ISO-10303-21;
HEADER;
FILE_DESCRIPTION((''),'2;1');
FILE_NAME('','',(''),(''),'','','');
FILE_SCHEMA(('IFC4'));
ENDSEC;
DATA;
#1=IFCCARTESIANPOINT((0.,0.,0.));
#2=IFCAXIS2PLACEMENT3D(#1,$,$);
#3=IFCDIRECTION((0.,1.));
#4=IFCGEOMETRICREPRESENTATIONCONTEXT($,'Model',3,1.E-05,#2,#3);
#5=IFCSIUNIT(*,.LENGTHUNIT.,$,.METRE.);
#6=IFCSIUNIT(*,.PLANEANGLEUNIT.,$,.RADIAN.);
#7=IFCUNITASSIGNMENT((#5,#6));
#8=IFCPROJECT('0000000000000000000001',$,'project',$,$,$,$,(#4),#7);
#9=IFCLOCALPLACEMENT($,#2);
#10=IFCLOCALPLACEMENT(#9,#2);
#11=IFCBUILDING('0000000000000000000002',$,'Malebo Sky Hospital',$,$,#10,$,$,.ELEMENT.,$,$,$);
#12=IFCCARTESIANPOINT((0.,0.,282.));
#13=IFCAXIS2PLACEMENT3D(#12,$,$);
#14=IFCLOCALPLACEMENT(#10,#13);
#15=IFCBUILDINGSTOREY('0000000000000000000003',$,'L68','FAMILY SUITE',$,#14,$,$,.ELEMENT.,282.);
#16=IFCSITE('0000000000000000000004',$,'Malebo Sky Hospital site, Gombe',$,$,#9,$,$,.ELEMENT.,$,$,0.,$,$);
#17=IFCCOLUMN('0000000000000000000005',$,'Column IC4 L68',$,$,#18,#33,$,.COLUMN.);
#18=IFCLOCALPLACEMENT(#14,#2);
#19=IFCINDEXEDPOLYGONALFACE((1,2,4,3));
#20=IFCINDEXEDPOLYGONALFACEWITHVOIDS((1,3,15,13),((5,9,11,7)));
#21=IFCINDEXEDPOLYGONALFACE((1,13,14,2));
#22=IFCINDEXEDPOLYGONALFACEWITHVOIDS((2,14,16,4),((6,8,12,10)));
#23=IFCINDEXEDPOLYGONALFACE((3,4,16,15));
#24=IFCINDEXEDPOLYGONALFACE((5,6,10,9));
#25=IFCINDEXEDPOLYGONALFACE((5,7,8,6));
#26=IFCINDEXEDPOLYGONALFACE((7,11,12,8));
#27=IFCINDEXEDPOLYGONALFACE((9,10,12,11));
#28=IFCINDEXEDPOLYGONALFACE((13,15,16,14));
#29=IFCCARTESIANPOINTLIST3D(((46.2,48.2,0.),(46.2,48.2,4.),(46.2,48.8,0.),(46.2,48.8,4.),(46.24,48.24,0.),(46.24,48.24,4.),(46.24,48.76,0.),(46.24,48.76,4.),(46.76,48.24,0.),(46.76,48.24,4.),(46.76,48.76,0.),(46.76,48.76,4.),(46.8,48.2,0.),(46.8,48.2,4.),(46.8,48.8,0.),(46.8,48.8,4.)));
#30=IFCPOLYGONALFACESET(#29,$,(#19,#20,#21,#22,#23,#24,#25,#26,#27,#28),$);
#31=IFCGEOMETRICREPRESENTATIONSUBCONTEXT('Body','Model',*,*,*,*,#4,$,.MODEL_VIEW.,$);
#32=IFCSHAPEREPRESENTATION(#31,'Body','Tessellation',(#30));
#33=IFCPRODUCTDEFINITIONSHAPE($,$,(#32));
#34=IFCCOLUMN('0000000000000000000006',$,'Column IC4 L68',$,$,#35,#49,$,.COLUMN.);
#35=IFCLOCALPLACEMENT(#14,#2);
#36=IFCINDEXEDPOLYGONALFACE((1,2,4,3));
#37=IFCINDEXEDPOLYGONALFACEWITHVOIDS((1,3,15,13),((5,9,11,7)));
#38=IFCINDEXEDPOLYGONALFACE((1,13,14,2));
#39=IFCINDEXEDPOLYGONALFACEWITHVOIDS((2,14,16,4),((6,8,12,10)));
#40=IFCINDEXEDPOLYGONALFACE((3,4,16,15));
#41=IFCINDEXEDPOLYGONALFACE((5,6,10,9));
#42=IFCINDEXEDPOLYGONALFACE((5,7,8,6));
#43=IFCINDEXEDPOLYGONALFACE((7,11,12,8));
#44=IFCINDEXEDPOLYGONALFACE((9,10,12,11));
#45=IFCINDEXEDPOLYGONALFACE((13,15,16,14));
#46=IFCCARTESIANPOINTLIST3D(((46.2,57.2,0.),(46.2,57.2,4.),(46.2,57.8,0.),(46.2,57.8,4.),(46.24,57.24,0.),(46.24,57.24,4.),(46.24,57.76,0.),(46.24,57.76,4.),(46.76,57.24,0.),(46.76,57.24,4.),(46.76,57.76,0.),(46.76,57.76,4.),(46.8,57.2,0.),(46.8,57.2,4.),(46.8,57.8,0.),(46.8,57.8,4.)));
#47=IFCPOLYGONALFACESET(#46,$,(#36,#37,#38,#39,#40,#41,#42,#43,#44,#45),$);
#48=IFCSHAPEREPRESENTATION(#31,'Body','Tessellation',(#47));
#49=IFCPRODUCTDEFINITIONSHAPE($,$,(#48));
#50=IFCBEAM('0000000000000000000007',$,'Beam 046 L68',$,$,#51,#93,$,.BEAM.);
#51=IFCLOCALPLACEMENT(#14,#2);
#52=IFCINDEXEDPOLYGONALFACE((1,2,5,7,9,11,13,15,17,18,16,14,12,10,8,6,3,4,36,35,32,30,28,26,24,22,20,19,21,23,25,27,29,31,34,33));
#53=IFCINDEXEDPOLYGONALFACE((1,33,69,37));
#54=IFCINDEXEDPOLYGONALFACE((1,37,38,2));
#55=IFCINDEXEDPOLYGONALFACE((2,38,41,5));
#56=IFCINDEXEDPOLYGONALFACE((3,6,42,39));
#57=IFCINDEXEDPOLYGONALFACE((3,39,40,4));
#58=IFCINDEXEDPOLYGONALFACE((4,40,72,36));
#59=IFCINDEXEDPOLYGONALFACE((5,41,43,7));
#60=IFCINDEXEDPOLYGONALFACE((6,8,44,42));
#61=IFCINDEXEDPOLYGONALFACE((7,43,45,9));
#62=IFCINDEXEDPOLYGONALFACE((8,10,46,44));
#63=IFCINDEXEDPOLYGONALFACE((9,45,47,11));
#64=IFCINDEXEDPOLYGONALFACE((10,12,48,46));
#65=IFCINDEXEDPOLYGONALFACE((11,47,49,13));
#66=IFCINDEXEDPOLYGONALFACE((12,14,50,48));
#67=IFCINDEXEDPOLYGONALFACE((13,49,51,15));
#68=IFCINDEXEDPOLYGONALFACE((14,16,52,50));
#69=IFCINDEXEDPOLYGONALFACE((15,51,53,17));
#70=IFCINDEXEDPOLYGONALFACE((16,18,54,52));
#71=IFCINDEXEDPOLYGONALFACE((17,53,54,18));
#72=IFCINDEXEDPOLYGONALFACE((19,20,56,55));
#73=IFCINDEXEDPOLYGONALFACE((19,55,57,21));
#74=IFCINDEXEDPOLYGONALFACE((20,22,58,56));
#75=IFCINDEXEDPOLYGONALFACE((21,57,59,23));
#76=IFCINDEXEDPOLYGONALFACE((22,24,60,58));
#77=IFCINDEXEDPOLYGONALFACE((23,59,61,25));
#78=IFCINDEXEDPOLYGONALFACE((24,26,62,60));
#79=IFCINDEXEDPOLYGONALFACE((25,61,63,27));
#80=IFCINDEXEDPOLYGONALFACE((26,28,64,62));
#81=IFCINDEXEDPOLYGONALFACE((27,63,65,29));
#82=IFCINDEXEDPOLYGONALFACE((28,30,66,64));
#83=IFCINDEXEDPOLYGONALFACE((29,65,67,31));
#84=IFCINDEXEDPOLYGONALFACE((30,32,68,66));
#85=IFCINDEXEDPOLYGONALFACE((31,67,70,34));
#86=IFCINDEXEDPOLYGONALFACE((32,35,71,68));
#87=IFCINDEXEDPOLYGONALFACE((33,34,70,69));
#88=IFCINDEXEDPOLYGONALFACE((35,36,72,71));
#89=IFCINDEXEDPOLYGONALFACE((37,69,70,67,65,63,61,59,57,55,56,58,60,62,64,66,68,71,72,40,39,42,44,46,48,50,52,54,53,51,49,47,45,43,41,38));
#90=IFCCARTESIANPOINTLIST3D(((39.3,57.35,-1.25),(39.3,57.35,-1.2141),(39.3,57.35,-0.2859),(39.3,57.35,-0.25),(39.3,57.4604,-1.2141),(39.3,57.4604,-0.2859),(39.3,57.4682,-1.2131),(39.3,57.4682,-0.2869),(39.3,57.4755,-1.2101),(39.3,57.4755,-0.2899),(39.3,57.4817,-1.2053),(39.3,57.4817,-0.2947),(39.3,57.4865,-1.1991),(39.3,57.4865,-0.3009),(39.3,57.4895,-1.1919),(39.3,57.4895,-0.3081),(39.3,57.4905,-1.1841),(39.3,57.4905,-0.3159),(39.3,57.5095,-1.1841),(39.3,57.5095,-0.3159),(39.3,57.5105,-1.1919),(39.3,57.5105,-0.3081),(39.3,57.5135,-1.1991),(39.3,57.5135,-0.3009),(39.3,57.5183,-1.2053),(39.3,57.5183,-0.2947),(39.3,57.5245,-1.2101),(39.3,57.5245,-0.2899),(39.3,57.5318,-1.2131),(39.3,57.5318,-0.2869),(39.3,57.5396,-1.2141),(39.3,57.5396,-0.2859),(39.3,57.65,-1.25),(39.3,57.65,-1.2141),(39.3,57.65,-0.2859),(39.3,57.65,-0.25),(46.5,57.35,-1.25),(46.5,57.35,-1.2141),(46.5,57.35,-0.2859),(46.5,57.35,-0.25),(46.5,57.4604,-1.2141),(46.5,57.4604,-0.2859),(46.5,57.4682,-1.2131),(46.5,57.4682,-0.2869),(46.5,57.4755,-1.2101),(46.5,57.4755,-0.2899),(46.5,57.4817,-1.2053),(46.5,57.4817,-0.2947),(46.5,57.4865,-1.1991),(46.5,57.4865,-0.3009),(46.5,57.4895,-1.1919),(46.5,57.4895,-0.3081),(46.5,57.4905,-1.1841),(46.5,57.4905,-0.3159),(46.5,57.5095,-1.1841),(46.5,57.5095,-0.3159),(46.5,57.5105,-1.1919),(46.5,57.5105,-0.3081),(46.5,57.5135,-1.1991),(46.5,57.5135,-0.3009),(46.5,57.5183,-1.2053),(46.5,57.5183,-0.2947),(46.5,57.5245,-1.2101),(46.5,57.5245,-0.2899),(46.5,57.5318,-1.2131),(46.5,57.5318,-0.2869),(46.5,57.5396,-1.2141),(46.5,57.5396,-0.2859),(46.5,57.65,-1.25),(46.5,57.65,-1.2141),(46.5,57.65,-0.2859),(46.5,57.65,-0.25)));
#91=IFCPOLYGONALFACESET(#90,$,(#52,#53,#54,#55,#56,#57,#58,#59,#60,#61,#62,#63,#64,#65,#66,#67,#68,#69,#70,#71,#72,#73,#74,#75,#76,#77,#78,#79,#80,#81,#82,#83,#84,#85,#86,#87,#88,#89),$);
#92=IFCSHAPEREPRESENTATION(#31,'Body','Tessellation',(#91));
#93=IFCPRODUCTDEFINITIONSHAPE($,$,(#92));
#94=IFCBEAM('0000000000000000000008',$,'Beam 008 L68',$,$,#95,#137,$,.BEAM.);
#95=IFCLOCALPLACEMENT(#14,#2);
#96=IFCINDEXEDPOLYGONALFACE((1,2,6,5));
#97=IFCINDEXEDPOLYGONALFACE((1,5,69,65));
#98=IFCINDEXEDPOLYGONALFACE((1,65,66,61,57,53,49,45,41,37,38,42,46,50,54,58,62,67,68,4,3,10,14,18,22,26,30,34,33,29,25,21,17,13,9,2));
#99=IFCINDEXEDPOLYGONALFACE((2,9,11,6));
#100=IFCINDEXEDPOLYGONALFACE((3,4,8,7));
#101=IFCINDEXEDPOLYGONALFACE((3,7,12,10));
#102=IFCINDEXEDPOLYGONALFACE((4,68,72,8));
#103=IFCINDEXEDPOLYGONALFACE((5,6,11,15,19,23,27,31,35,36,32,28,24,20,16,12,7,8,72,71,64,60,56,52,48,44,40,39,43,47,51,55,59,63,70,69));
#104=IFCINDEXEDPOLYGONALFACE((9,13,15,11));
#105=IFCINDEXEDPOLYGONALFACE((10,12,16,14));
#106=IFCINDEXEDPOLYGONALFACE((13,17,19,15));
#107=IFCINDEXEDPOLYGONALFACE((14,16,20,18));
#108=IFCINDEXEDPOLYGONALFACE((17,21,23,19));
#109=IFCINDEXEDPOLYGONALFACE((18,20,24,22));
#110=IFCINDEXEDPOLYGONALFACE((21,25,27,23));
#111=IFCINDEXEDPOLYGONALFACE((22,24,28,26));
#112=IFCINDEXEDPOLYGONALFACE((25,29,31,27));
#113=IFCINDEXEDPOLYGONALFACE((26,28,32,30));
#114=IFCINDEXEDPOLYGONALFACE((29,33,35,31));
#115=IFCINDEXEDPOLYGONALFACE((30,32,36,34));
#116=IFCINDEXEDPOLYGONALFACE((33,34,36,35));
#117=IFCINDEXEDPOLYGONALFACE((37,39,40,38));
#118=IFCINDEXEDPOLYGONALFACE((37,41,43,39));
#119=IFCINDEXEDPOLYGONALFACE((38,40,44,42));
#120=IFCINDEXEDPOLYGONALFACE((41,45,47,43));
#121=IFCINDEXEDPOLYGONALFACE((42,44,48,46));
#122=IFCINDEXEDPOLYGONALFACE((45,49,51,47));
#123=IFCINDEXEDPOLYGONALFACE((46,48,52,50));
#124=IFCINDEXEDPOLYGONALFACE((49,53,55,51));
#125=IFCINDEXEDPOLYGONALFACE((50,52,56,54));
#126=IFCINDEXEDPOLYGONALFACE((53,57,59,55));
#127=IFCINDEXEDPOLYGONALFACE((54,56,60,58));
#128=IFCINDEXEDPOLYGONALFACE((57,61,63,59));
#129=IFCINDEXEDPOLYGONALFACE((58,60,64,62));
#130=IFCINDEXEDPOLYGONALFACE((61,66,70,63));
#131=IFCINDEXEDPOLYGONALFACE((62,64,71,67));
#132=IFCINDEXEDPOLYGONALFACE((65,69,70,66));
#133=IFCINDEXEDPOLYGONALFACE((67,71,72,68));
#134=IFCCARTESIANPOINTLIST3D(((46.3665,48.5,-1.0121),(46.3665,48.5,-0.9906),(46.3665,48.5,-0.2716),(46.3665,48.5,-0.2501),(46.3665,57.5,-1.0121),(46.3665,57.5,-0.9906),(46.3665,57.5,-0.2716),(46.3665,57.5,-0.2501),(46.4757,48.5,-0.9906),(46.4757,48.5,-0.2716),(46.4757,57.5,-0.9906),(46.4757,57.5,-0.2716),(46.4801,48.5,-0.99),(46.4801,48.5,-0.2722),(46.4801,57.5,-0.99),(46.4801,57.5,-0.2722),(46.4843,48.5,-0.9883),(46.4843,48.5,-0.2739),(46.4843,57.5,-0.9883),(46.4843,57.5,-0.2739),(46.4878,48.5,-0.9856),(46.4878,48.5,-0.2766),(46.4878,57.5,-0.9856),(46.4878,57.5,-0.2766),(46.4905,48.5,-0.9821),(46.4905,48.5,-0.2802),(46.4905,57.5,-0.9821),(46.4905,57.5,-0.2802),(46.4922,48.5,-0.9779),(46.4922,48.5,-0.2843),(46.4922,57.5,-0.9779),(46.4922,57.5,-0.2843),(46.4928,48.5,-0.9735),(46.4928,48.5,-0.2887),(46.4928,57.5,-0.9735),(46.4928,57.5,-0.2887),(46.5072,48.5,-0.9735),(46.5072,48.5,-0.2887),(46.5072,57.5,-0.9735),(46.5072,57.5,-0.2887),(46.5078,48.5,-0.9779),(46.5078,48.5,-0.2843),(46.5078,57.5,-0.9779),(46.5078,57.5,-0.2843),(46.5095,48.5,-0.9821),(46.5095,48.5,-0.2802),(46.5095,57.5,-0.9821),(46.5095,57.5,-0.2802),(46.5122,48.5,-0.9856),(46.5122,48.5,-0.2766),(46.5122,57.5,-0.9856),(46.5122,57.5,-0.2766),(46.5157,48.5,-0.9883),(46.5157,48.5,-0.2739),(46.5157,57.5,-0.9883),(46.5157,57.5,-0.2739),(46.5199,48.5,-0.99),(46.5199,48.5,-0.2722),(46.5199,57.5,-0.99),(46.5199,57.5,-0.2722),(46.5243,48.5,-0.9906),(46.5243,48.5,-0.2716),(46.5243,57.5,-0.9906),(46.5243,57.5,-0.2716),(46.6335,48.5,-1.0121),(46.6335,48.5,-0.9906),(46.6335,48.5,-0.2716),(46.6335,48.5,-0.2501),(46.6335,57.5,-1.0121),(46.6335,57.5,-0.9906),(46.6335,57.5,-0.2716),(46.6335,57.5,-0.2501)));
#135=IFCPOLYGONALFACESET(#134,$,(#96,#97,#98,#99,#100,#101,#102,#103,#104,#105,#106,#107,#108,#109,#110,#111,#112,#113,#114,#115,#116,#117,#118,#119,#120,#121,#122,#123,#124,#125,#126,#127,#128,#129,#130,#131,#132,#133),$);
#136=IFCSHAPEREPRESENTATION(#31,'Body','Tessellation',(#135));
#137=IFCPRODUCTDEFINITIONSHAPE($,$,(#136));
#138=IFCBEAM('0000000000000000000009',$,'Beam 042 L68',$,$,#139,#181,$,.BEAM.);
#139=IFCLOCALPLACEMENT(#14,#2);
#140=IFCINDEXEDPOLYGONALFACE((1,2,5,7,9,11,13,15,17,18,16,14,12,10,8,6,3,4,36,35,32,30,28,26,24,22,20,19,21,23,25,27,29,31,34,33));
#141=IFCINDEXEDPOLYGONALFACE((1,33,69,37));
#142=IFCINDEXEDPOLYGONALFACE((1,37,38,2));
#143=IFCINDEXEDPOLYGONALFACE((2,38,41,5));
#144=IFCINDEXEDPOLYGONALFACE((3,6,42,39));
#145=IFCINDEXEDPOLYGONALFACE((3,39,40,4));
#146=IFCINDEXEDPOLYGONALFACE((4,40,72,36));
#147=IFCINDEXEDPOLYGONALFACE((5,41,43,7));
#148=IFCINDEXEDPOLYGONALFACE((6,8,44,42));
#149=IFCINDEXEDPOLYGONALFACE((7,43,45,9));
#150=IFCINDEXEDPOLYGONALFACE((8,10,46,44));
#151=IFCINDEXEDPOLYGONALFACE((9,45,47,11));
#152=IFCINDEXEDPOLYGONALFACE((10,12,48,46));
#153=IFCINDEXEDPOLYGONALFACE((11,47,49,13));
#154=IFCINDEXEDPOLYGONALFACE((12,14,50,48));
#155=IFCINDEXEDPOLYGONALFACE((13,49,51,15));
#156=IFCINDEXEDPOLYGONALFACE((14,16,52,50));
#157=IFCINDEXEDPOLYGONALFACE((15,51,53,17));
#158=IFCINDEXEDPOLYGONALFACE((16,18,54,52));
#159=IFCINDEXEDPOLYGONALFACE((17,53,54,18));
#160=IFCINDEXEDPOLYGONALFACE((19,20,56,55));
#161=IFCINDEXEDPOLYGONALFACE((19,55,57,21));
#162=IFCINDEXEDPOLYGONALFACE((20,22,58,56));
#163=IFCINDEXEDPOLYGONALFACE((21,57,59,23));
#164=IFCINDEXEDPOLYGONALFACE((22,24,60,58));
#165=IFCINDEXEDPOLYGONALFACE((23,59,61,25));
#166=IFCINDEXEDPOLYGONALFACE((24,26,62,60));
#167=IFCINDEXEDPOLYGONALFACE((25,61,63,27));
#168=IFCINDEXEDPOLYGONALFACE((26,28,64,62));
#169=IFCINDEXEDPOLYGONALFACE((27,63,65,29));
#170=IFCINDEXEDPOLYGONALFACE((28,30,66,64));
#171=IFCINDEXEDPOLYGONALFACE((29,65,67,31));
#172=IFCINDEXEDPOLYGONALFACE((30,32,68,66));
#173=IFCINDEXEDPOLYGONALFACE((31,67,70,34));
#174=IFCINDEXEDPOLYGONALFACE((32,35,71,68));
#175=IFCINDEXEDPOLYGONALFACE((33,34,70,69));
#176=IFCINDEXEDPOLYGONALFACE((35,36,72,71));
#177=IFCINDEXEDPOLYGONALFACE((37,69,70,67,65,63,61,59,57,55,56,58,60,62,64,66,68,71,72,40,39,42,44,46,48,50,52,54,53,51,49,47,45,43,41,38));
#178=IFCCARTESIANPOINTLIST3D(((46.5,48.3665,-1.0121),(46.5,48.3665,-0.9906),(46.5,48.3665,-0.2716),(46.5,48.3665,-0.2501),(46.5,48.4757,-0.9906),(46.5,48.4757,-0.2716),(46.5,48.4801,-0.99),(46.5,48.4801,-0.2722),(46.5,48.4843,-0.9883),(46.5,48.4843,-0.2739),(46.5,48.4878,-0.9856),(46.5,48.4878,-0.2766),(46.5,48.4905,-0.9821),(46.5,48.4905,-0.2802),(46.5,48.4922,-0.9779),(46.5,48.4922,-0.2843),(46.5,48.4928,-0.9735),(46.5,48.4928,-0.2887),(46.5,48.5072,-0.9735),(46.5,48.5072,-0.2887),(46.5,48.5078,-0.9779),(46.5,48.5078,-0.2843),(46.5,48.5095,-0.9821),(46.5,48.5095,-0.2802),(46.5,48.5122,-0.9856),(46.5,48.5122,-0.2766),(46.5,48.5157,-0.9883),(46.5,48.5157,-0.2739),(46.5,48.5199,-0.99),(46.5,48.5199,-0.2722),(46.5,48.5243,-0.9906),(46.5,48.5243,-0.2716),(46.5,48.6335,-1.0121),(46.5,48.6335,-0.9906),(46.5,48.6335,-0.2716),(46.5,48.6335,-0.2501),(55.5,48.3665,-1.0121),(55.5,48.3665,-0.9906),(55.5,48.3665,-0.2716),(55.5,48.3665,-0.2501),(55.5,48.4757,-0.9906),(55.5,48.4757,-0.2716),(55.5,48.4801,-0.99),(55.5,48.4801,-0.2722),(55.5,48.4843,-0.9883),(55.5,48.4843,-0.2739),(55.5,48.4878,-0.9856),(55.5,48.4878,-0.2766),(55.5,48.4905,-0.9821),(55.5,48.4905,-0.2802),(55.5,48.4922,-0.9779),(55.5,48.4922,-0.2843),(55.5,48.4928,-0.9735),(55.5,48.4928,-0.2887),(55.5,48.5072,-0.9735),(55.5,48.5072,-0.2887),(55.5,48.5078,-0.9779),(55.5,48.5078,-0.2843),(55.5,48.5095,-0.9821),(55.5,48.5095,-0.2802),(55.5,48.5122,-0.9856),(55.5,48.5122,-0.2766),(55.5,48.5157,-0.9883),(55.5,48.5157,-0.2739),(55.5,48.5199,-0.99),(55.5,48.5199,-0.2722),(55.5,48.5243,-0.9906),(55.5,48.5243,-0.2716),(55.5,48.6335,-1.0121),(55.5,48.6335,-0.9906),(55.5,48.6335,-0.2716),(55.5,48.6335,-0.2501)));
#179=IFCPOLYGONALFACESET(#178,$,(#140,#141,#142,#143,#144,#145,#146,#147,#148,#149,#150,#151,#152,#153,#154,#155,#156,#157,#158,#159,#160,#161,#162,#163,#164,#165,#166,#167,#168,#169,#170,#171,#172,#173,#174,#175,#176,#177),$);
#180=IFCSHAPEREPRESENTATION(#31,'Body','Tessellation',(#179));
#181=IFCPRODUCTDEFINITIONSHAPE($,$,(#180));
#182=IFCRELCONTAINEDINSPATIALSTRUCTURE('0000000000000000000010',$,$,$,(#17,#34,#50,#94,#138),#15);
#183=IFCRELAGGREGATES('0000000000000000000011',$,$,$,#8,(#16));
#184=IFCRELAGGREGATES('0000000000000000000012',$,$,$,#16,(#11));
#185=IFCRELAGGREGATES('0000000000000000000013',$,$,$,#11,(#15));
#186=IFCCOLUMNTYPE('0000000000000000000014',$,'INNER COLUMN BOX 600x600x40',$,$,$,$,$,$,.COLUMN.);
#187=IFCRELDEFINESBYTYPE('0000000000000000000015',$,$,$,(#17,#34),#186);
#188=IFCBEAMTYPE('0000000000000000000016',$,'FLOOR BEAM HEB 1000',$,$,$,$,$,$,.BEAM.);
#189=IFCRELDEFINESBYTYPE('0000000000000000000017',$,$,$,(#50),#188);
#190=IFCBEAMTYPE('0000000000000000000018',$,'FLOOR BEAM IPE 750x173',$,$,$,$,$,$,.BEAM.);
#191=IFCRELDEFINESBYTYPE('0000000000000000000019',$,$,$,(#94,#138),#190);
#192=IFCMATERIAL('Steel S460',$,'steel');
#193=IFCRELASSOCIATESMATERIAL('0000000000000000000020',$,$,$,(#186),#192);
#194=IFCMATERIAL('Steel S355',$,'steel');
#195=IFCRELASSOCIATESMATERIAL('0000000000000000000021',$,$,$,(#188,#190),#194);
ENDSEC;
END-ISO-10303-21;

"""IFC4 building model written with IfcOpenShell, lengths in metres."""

from ifc_helpers import new_model, si_unit, direction, frame, origin, origin_2d, place, context, subcontext, project, spatial, hollow_rectangle, i_section, extrude, material, material_profile, profile_set, type_object, element, save


model = new_model("IFC4")

# Units and contexts
model_context = context("Model", 3, precision=1e-05, world=origin(), true_north=direction((0.0, 1.0)))
body_context = subcontext(model_context, "Body", "Model", "MODEL_VIEW")
ifc_project = project(units=[si_unit("LENGTHUNIT", "METRE"), si_unit("PLANEANGLEUNIT", "RADIAN")], contexts=[model_context])

# Site, building, storey
site_placement = place(None, origin())
site = spatial("IfcSite", under=ifc_project, at=site_placement, Name="Malebo Sky Hospital site, Gombe", CompositionType="ELEMENT", RefElevation=0.0)
building_placement = place(site_placement, origin())
building = spatial("IfcBuilding", under=site, at=building_placement, Name="Malebo Sky Hospital", CompositionType="ELEMENT")
storey_placement = place(building_placement, frame((0.0, 0.0, 282.0)))
storey = spatial("IfcBuildingStorey", under=building, at=storey_placement, Name="L68", Description="FAMILY SUITE", CompositionType="ELEMENT", Elevation=282.0)

# Columns
ifc_material_1 = material(Name="Steel S460", Category="steel")
ifc_material_profile_1 = material_profile(ifc_material_1, hollow_rectangle(XDim=0.6001, YDim=0.6001, WallThickness=0.04, at=origin_2d()), Name="BOX 600x600x40")
ifc_profile_set_1 = profile_set([ifc_material_profile_1], Name="Steel S460")
column_type = type_object("IfcColumnType", Name="INNER COLUMN BOX 600x600x40", PredefinedType="COLUMN", material=ifc_profile_set_1)
for number, where, z_axis, x_axis, name in (
    (1, (46.5, 48.5, 0.0), (0.0, 0.0, 1.0), (1.0, 0.0, 0.0), "Column IC4 L68"),
    (2, (46.5, 57.5, 0.0), (0.0, 0.0, 1.0), (1.0, 0.0, 0.0), "Column IC4 L68"),
):
    element("IfcColumn", number, at=place(storey_placement, frame(where, z_axis=z_axis, x_axis=x_axis)), inside=storey, type_object=column_type, Name=name, PredefinedType="COLUMN", context=body_context, shape_type="SweptSolid", body=[
        extrude(hollow_rectangle(XDim=0.6001, YDim=0.6001, WallThickness=0.04, at=origin_2d()), origin(), (0.0, 0.0, 1.0), 4.0),
    ])

# Beams
ifc_material_2 = material(Name="Steel S355", Category="steel")
ifc_material_profile_2 = material_profile(ifc_material_2, i_section(OverallWidth=0.3, OverallDepth=1.0, WebThickness=0.019, FlangeThickness=0.0359, FilletRadius=0.03, at=origin_2d()), Name="HEB 1000")
ifc_profile_set_2 = profile_set([ifc_material_profile_2], Name="Steel S355")
beam_type_1 = type_object("IfcBeamType", Name="FLOOR BEAM HEB 1000", PredefinedType="BEAM", material=ifc_profile_set_2)
beam_1_placement = place(storey_placement, frame((39.3, 57.5, -0.75), z_axis=(1.0, 0.0, 0.0), x_axis=(0.0, 1.0, 0.0)))
element("IfcBeam", 3, at=beam_1_placement, inside=storey, type_object=beam_type_1, Name="Beam 046 L68", PredefinedType="BEAM", context=body_context, shape_type="SweptSolid", body=[
    extrude(i_section(OverallWidth=0.3, OverallDepth=1.0, WebThickness=0.019, FlangeThickness=0.0359, FilletRadius=0.03, at=origin_2d()), origin(), (0.0, 0.0, 1.0), 7.2),
])
ifc_material_profile_3 = material_profile(ifc_material_2, i_section(OverallWidth=0.2671, OverallDepth=0.762, WebThickness=0.0144, FlangeThickness=0.0215, FilletRadius=0.0171, at=origin_2d()), Name="IPE 750x173")
ifc_profile_set_3 = profile_set([ifc_material_profile_3], Name="Steel S355")
beam_type_2 = type_object("IfcBeamType", Name="FLOOR BEAM IPE 750x173", PredefinedType="BEAM", material=ifc_profile_set_3)
for number, where, z_axis, x_axis, name in (
    (4, (46.5, 48.5, -0.6311), (0.0, 1.0, 0.0), (-1.0, 0.0, 0.0), "Beam 008 L68"),
    (5, (46.5, 48.5, -0.6311), (1.0, 0.0, 0.0), (0.0, 1.0, 0.0), "Beam 042 L68"),
):
    element("IfcBeam", number, at=place(storey_placement, frame(where, z_axis=z_axis, x_axis=x_axis)), inside=storey, type_object=beam_type_2, Name=name, PredefinedType="BEAM", context=body_context, shape_type="SweptSolid", body=[
        extrude(i_section(OverallWidth=0.2671, OverallDepth=0.762, WebThickness=0.0144, FlangeThickness=0.0215, FilletRadius=0.0171, at=origin_2d()), origin(), (0.0, 0.0, 1.0), 9.0),
    ])

save(model, "model.ifc")
